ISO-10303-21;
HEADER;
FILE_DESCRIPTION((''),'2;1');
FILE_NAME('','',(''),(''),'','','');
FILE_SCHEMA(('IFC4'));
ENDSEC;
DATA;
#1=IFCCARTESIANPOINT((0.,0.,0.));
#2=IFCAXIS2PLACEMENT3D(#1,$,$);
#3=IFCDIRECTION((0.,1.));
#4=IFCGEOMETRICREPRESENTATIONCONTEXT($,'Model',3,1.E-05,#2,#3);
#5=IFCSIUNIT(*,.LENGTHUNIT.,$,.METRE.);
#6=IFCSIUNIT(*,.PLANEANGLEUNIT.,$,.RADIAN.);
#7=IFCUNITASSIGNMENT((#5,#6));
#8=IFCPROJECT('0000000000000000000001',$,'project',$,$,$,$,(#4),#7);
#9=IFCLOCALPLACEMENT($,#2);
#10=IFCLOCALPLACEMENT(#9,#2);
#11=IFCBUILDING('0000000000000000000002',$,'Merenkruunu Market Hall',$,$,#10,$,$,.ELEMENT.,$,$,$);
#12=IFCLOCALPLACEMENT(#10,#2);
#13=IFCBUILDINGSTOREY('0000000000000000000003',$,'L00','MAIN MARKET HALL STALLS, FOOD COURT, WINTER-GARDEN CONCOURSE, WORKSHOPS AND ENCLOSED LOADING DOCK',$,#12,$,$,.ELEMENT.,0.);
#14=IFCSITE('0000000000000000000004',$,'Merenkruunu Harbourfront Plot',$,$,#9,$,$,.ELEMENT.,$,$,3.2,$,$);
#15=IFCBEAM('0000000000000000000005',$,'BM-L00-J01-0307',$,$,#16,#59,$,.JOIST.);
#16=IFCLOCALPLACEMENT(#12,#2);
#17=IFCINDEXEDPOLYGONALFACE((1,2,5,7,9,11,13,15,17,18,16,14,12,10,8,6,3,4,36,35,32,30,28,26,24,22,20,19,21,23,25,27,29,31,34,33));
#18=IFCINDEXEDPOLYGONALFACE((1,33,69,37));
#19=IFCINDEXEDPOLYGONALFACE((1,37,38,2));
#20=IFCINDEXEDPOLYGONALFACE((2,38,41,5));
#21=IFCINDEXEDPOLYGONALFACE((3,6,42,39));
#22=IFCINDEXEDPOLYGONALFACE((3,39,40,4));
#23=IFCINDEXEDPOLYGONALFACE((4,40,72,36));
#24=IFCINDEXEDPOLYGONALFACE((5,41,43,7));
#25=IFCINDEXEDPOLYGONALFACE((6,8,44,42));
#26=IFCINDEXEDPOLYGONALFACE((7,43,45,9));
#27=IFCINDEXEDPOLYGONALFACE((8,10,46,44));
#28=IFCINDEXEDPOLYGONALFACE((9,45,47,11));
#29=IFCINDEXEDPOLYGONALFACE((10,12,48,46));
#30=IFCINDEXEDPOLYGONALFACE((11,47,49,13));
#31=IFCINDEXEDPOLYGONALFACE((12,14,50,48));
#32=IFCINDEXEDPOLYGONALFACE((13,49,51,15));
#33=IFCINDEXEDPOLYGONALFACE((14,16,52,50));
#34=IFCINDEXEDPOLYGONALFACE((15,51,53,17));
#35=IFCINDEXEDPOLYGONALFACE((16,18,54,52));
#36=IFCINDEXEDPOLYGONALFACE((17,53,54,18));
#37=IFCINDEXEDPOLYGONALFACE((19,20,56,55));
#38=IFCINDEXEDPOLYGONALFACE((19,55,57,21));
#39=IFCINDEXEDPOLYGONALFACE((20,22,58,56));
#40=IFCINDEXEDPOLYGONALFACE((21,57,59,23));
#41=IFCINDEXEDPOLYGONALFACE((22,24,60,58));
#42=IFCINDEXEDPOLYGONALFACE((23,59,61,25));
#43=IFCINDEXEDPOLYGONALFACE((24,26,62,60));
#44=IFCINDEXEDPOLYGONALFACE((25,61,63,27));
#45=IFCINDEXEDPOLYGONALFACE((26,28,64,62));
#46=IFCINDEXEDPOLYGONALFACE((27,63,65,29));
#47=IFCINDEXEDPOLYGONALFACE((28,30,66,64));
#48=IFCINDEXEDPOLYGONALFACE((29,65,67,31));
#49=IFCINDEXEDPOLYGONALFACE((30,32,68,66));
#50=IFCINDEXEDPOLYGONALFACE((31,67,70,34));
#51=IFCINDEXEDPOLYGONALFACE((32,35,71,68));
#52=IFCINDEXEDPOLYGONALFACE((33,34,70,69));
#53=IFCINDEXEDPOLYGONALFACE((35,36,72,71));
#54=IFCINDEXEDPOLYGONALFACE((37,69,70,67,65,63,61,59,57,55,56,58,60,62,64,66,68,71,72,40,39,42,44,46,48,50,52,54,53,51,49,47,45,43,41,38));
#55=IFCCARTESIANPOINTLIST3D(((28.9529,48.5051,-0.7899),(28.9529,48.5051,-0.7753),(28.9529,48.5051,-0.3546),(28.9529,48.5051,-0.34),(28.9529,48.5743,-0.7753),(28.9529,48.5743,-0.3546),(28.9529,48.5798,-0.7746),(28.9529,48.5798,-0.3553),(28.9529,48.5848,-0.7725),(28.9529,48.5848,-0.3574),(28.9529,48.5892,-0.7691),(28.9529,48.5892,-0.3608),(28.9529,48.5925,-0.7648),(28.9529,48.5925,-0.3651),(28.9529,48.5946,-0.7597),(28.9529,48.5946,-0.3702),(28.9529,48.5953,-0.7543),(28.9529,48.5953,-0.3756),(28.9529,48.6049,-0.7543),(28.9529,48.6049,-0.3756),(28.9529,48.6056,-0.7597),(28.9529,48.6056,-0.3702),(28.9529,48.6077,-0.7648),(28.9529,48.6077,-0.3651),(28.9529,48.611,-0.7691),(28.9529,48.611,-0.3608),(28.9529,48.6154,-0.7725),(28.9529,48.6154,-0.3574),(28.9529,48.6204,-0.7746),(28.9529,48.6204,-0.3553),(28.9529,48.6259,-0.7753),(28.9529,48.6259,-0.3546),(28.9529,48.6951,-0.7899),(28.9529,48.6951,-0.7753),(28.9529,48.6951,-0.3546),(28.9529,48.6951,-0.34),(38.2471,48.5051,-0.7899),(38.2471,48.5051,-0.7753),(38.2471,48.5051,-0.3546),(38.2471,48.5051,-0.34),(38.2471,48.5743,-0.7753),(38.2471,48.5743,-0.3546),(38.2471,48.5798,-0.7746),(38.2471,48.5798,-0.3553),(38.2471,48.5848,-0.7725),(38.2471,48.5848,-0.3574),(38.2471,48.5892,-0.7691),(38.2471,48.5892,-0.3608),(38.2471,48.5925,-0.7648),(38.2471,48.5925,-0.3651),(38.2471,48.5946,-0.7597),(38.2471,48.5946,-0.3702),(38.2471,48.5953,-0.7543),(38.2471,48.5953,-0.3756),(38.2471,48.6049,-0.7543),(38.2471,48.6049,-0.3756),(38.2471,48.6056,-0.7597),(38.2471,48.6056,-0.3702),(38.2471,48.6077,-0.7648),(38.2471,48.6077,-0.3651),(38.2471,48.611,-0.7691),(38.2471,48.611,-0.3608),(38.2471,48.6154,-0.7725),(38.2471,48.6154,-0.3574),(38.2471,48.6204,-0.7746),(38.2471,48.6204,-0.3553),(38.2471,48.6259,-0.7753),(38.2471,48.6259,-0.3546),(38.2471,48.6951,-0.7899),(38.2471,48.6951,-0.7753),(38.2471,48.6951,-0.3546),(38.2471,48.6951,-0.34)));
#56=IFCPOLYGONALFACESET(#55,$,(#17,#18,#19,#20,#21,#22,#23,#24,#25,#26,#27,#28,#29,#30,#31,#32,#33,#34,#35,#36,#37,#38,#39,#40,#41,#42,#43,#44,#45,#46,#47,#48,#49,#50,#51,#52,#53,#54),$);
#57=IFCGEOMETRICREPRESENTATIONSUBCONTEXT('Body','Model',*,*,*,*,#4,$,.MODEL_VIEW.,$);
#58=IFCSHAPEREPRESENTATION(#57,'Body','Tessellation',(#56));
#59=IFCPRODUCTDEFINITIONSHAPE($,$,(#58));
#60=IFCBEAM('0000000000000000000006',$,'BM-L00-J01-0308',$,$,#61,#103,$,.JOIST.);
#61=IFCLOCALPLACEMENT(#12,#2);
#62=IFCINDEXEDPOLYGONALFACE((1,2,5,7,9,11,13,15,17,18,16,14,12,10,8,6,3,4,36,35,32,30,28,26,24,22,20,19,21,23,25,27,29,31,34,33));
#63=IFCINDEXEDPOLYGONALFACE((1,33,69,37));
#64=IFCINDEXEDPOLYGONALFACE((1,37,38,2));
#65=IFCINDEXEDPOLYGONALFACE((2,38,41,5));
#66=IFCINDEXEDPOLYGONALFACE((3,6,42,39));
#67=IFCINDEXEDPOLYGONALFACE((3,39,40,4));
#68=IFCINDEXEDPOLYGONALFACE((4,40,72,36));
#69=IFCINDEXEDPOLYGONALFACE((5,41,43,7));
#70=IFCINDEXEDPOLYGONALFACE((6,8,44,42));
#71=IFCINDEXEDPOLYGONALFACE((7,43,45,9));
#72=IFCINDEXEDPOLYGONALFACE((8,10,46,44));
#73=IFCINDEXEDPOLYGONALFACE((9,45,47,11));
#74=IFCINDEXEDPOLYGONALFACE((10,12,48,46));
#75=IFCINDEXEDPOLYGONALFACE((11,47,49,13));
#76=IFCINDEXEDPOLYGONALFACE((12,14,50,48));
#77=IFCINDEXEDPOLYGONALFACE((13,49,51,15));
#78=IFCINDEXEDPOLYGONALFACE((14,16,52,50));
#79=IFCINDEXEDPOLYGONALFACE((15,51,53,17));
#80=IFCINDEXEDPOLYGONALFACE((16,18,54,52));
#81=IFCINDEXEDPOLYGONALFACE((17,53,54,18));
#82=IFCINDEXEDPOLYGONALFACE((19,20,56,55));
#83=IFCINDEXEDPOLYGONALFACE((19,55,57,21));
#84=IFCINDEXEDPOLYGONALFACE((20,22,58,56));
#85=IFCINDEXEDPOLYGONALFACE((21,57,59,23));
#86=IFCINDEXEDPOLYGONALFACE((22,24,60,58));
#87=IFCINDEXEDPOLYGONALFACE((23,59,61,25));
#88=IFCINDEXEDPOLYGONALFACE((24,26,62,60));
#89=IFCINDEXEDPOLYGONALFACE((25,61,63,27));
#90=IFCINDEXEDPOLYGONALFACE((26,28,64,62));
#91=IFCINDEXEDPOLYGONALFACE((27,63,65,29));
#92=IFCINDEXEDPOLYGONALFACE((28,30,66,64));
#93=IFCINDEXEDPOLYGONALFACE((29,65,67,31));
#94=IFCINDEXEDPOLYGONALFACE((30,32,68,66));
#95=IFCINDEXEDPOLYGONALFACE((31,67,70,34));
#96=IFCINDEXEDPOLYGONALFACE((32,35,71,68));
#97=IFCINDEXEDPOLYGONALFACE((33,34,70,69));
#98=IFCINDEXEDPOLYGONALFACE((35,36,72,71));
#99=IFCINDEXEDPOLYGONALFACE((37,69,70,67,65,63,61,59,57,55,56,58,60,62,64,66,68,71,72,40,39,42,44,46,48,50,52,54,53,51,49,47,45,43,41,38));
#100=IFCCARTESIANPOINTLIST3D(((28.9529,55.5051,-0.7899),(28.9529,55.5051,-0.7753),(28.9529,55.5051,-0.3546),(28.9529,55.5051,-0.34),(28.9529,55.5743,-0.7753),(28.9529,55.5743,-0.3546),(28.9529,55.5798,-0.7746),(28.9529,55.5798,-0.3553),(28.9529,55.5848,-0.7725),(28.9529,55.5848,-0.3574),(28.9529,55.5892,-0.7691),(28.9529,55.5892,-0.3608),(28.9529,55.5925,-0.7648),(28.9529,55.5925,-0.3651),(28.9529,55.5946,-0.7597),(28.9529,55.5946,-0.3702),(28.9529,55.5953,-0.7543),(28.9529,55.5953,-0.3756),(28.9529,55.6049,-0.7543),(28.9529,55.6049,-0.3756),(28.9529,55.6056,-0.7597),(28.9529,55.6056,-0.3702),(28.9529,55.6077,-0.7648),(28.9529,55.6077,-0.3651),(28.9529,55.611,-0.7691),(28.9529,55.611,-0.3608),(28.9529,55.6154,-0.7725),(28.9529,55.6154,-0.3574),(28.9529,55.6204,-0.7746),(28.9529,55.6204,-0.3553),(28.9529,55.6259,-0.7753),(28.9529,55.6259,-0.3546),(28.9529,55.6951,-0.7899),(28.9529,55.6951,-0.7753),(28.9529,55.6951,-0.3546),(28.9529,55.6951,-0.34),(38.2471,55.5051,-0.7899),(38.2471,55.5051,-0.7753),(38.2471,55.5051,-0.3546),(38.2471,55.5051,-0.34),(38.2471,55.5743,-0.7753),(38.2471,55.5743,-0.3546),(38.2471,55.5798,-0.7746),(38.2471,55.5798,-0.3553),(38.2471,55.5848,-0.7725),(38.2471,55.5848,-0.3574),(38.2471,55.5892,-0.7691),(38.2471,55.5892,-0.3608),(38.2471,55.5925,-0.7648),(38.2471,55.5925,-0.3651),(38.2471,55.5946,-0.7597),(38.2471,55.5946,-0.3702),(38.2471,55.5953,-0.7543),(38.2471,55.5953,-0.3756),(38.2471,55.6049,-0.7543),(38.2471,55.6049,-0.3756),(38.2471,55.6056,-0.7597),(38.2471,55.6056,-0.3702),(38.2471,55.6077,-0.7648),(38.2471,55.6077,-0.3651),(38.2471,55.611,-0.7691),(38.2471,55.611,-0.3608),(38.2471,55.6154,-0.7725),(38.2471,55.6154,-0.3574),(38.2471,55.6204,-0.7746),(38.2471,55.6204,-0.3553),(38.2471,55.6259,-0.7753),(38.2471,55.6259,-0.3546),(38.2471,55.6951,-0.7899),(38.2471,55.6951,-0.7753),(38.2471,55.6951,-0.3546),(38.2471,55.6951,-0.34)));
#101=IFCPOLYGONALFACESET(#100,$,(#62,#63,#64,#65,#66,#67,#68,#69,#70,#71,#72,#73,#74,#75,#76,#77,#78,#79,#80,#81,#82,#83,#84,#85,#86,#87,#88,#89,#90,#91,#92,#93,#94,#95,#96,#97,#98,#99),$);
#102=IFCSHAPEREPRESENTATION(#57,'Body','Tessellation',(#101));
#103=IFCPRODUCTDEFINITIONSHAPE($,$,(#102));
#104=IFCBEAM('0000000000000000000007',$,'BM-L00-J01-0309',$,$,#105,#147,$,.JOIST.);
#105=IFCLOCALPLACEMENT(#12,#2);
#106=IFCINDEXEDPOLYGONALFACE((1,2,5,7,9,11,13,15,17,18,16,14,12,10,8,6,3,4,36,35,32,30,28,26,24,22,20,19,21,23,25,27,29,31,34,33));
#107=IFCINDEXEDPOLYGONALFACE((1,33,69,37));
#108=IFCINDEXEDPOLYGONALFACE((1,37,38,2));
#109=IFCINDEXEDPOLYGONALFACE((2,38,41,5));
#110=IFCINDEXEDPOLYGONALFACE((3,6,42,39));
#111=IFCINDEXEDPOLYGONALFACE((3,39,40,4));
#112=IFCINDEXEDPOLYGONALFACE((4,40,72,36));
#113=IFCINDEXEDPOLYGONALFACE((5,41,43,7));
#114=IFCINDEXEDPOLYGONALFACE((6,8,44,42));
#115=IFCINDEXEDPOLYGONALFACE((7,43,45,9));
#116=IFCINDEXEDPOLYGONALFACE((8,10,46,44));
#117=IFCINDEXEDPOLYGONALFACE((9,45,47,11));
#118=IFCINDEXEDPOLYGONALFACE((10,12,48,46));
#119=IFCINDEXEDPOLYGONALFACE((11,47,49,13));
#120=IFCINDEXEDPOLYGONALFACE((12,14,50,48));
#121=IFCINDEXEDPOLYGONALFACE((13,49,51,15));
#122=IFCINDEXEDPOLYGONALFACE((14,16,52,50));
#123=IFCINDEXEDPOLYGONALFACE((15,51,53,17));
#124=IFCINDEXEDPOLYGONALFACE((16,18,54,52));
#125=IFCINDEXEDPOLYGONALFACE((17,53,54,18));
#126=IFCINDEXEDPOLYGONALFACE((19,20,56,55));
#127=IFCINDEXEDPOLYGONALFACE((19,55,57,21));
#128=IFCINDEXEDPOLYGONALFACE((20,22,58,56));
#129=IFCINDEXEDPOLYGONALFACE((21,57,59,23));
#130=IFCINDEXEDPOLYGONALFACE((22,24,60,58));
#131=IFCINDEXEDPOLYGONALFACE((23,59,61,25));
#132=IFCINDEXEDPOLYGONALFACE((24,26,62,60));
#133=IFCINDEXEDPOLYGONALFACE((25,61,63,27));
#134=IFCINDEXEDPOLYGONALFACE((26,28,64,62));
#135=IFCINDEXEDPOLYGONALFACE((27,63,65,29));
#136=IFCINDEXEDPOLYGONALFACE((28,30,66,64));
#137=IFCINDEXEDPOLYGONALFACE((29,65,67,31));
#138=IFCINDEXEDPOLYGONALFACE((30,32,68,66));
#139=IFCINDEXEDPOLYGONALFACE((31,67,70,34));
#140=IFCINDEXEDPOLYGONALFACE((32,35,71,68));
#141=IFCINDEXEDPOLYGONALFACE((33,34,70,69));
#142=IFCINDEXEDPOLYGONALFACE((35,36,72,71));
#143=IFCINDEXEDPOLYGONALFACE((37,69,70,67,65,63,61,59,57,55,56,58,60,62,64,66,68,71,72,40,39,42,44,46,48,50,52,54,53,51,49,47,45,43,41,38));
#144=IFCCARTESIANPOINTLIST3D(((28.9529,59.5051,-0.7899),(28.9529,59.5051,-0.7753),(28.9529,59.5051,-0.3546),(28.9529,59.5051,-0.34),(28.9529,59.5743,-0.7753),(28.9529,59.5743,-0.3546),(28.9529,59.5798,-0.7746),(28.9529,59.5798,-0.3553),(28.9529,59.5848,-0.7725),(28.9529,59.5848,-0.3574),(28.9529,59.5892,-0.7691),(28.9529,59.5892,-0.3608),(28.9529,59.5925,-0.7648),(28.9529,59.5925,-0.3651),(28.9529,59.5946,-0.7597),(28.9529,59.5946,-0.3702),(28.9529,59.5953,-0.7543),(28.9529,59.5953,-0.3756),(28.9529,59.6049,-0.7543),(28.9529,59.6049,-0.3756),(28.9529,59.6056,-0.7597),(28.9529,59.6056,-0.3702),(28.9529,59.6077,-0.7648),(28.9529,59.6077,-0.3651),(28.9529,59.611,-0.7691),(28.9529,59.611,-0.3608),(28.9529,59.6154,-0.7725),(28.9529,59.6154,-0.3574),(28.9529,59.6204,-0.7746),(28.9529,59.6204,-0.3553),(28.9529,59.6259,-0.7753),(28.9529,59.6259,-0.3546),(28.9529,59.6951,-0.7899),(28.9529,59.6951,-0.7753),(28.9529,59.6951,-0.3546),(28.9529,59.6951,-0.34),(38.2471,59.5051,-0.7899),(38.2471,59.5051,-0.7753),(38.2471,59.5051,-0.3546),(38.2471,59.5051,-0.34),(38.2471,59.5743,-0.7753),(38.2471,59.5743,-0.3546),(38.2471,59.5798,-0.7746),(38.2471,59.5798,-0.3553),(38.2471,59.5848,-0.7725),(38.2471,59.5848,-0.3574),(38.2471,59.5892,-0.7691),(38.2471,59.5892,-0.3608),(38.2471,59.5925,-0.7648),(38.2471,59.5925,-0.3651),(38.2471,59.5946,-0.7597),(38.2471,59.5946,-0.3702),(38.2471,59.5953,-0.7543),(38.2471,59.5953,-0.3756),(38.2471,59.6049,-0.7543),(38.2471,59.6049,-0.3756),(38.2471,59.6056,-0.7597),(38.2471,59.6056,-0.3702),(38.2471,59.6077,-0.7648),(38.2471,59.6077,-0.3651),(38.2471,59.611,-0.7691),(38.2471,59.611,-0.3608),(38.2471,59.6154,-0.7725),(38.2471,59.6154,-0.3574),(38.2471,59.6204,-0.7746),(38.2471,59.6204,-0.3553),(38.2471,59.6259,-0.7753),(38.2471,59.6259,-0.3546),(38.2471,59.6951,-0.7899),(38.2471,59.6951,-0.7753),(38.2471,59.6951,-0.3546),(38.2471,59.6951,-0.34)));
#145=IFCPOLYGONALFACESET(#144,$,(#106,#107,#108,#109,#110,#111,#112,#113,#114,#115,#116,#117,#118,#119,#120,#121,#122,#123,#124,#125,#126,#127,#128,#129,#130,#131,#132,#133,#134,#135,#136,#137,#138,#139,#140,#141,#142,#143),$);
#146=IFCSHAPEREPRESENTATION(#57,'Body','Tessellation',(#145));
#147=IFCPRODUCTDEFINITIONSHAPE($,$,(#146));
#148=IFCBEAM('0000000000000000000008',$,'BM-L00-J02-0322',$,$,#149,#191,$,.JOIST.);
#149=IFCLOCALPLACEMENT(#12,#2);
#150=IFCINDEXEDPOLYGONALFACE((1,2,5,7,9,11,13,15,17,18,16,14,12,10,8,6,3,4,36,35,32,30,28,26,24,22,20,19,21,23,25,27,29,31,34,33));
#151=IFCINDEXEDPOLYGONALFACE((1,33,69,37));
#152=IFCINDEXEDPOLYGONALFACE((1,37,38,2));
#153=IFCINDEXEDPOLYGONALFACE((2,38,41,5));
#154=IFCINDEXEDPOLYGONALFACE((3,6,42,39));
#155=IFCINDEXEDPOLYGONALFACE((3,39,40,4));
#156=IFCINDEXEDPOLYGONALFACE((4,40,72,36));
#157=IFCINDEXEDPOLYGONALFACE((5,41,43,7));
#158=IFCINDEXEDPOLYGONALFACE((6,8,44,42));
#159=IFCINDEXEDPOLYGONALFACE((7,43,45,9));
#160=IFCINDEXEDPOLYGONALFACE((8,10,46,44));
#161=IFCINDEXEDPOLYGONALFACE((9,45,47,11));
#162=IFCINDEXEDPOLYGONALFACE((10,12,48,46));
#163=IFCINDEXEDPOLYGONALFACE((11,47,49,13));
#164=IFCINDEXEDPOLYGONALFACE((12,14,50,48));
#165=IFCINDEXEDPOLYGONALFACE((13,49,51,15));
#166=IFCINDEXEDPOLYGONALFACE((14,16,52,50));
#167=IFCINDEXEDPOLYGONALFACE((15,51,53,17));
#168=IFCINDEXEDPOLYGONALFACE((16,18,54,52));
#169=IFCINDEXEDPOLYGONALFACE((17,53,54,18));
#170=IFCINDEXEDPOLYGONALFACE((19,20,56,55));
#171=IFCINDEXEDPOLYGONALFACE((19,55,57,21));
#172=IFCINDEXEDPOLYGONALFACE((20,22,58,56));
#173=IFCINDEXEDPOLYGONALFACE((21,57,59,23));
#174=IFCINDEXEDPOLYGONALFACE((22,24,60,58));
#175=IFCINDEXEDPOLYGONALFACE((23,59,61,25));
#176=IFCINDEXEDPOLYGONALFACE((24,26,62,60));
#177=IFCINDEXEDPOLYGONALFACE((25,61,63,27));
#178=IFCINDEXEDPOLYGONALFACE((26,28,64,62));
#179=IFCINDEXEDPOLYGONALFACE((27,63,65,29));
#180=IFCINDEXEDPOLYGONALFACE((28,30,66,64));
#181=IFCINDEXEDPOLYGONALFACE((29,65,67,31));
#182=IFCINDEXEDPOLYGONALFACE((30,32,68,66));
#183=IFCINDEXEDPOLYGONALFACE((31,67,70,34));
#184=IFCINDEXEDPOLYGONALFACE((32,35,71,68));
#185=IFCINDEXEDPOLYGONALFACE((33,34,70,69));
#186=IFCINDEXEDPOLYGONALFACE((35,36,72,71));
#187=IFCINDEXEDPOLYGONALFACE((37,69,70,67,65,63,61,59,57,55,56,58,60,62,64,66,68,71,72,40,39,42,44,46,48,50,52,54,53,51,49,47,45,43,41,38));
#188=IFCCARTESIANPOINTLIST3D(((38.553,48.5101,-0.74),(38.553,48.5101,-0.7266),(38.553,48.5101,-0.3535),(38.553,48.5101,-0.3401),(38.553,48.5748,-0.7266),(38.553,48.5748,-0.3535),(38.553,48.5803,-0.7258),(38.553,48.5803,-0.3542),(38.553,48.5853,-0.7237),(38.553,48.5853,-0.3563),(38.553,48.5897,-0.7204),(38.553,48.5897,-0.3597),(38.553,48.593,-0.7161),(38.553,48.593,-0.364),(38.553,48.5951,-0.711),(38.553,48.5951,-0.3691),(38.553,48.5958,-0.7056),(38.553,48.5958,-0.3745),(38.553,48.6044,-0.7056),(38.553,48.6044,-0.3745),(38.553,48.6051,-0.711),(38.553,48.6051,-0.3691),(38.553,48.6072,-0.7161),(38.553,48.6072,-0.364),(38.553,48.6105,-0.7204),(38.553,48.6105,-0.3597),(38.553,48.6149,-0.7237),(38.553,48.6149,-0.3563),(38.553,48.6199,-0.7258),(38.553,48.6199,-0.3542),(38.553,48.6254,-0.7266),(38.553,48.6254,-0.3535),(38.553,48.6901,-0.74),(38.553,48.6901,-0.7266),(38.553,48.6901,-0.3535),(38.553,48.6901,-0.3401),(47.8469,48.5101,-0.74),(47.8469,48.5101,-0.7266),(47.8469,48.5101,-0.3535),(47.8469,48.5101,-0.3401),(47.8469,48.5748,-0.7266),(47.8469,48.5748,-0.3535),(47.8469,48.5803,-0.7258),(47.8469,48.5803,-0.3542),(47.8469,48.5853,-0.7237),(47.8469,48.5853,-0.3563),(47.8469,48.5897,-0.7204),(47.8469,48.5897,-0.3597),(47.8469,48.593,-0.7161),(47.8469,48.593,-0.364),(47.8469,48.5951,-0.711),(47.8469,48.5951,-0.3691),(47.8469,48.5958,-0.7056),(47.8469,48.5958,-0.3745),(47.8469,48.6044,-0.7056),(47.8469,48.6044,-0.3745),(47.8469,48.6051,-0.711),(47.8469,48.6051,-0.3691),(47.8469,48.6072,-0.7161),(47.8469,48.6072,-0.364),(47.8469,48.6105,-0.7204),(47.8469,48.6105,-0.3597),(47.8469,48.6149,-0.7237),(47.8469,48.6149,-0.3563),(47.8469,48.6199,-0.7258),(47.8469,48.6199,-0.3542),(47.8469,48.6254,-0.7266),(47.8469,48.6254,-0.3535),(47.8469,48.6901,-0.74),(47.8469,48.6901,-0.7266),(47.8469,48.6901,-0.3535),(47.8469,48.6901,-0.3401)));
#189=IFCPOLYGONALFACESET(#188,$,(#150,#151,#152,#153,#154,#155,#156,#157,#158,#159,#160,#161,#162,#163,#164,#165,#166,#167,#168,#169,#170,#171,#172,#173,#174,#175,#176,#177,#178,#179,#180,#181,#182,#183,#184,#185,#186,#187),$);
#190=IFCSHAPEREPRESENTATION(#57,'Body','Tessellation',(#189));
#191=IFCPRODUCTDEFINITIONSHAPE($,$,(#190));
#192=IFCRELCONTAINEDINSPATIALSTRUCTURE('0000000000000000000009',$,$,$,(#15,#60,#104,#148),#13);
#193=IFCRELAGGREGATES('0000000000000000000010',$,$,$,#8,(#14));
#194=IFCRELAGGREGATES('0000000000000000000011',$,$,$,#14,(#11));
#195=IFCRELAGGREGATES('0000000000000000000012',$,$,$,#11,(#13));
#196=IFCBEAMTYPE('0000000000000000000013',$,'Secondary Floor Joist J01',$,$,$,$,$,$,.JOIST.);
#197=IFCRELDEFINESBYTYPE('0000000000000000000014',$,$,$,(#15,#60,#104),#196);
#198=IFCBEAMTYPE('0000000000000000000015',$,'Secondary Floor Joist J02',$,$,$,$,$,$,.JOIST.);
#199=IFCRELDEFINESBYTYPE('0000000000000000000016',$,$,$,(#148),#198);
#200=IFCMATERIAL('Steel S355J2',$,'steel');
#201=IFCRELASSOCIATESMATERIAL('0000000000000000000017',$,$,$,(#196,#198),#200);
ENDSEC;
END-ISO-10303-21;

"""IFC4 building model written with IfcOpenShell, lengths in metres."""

from ifc_helpers import new_model, si_unit, direction, frame, origin, origin_2d, place, context, subcontext, project, spatial, i_section, extrude, material, material_profile, profile_set, type_object, element, save


model = new_model("IFC4")

# Units and contexts
model_context = context("Model", 3, precision=1e-05, world=origin(), true_north=direction((0.0, 1.0)))
body_context = subcontext(model_context, "Body", "Model", "MODEL_VIEW")
ifc_project = project(units=[si_unit("LENGTHUNIT", "METRE"), si_unit("PLANEANGLEUNIT", "RADIAN")], contexts=[model_context])

# Site, building, storey
site_placement = place(None, origin())
site = spatial("IfcSite", under=ifc_project, at=site_placement, Name="Merenkruunu Harbourfront Plot", CompositionType="ELEMENT", RefElevation=3.2)
building_placement = place(site_placement, origin())
building = spatial("IfcBuilding", under=site, at=building_placement, Name="Merenkruunu Market Hall", CompositionType="ELEMENT")
storey_placement = place(building_placement, origin())
storey = spatial("IfcBuildingStorey", under=building, at=storey_placement, Name="L00", Description="MAIN MARKET HALL STALLS, FOOD COURT, WINTER-GARDEN CONCOURSE, WORKSHOPS AND ENCLOSED LOADING DOCK", CompositionType="ELEMENT", Elevation=0.0)

# Shared definitions
ifc_material_1 = material(Name="Steel S355J2", Category="steel")

# Beams
ifc_material_profile_1 = material_profile(ifc_material_1, i_section(OverallWidth=0.1899, OverallDepth=0.45, WebThickness=0.0095, FlangeThickness=0.0146, FilletRadius=0.021, at=origin_2d()), Name="IPE 450")
ifc_profile_set_1 = profile_set([ifc_material_profile_1], Name="Steel S355J2")
beam_type_1 = type_object("IfcBeamType", Name="Secondary Floor Joist J01", PredefinedType="JOIST", material=ifc_profile_set_1)
for number, where, z_axis, x_axis, name in (
    (1, (28.9529, 48.6001, -0.5649), (1.0, 0.0, 0.0), (0.0, 1.0, 0.0), "BM-L00-J01-0307"),
    (2, (28.9529, 55.6001, -0.5649), (1.0, 0.0, 0.0), (0.0, 1.0, 0.0), "BM-L00-J01-0308"),
    (3, (28.9529, 59.6001, -0.5649), (1.0, 0.0, 0.0), (0.0, 1.0, 0.0), "BM-L00-J01-0309"),
):
    element("IfcBeam", number, at=place(storey_placement, frame(where, z_axis=z_axis, x_axis=x_axis)), inside=storey, type_object=beam_type_1, Name=name, PredefinedType="JOIST", context=body_context, shape_type="SweptSolid", body=[
        extrude(i_section(OverallWidth=0.1899, OverallDepth=0.45, WebThickness=0.0095, FlangeThickness=0.0146, FilletRadius=0.021, at=origin_2d()), origin(), (0.0, 0.0, 1.0), 9.2942),
    ])
ifc_material_profile_2 = material_profile(ifc_material_1, i_section(OverallWidth=0.1799, OverallDepth=0.3999, WebThickness=0.0085, FlangeThickness=0.0134, FilletRadius=0.021, at=origin_2d()), Name="IPE 400")
ifc_profile_set_2 = profile_set([ifc_material_profile_2], Name="Steel S355J2")
beam_type_2 = type_object("IfcBeamType", Name="Secondary Floor Joist J02", PredefinedType="JOIST", material=ifc_profile_set_2)
for number, where, z_axis, x_axis, name in (
    (4, (38.553, 48.6001, -0.54), (1.0, 0.0, 0.0), (0.0, 1.0, 0.0), "BM-L00-J02-0322"),
):
    element("IfcBeam", number, at=place(storey_placement, frame(where, z_axis=z_axis, x_axis=x_axis)), inside=storey, type_object=beam_type_2, Name=name, PredefinedType="JOIST", context=body_context, shape_type="SweptSolid", body=[
        extrude(i_section(OverallWidth=0.1799, OverallDepth=0.3999, WebThickness=0.0085, FlangeThickness=0.0134, FilletRadius=0.021, at=origin_2d()), origin(), (0.0, 0.0, 1.0), 9.2939),
    ])

save(model, "model.ifc")
